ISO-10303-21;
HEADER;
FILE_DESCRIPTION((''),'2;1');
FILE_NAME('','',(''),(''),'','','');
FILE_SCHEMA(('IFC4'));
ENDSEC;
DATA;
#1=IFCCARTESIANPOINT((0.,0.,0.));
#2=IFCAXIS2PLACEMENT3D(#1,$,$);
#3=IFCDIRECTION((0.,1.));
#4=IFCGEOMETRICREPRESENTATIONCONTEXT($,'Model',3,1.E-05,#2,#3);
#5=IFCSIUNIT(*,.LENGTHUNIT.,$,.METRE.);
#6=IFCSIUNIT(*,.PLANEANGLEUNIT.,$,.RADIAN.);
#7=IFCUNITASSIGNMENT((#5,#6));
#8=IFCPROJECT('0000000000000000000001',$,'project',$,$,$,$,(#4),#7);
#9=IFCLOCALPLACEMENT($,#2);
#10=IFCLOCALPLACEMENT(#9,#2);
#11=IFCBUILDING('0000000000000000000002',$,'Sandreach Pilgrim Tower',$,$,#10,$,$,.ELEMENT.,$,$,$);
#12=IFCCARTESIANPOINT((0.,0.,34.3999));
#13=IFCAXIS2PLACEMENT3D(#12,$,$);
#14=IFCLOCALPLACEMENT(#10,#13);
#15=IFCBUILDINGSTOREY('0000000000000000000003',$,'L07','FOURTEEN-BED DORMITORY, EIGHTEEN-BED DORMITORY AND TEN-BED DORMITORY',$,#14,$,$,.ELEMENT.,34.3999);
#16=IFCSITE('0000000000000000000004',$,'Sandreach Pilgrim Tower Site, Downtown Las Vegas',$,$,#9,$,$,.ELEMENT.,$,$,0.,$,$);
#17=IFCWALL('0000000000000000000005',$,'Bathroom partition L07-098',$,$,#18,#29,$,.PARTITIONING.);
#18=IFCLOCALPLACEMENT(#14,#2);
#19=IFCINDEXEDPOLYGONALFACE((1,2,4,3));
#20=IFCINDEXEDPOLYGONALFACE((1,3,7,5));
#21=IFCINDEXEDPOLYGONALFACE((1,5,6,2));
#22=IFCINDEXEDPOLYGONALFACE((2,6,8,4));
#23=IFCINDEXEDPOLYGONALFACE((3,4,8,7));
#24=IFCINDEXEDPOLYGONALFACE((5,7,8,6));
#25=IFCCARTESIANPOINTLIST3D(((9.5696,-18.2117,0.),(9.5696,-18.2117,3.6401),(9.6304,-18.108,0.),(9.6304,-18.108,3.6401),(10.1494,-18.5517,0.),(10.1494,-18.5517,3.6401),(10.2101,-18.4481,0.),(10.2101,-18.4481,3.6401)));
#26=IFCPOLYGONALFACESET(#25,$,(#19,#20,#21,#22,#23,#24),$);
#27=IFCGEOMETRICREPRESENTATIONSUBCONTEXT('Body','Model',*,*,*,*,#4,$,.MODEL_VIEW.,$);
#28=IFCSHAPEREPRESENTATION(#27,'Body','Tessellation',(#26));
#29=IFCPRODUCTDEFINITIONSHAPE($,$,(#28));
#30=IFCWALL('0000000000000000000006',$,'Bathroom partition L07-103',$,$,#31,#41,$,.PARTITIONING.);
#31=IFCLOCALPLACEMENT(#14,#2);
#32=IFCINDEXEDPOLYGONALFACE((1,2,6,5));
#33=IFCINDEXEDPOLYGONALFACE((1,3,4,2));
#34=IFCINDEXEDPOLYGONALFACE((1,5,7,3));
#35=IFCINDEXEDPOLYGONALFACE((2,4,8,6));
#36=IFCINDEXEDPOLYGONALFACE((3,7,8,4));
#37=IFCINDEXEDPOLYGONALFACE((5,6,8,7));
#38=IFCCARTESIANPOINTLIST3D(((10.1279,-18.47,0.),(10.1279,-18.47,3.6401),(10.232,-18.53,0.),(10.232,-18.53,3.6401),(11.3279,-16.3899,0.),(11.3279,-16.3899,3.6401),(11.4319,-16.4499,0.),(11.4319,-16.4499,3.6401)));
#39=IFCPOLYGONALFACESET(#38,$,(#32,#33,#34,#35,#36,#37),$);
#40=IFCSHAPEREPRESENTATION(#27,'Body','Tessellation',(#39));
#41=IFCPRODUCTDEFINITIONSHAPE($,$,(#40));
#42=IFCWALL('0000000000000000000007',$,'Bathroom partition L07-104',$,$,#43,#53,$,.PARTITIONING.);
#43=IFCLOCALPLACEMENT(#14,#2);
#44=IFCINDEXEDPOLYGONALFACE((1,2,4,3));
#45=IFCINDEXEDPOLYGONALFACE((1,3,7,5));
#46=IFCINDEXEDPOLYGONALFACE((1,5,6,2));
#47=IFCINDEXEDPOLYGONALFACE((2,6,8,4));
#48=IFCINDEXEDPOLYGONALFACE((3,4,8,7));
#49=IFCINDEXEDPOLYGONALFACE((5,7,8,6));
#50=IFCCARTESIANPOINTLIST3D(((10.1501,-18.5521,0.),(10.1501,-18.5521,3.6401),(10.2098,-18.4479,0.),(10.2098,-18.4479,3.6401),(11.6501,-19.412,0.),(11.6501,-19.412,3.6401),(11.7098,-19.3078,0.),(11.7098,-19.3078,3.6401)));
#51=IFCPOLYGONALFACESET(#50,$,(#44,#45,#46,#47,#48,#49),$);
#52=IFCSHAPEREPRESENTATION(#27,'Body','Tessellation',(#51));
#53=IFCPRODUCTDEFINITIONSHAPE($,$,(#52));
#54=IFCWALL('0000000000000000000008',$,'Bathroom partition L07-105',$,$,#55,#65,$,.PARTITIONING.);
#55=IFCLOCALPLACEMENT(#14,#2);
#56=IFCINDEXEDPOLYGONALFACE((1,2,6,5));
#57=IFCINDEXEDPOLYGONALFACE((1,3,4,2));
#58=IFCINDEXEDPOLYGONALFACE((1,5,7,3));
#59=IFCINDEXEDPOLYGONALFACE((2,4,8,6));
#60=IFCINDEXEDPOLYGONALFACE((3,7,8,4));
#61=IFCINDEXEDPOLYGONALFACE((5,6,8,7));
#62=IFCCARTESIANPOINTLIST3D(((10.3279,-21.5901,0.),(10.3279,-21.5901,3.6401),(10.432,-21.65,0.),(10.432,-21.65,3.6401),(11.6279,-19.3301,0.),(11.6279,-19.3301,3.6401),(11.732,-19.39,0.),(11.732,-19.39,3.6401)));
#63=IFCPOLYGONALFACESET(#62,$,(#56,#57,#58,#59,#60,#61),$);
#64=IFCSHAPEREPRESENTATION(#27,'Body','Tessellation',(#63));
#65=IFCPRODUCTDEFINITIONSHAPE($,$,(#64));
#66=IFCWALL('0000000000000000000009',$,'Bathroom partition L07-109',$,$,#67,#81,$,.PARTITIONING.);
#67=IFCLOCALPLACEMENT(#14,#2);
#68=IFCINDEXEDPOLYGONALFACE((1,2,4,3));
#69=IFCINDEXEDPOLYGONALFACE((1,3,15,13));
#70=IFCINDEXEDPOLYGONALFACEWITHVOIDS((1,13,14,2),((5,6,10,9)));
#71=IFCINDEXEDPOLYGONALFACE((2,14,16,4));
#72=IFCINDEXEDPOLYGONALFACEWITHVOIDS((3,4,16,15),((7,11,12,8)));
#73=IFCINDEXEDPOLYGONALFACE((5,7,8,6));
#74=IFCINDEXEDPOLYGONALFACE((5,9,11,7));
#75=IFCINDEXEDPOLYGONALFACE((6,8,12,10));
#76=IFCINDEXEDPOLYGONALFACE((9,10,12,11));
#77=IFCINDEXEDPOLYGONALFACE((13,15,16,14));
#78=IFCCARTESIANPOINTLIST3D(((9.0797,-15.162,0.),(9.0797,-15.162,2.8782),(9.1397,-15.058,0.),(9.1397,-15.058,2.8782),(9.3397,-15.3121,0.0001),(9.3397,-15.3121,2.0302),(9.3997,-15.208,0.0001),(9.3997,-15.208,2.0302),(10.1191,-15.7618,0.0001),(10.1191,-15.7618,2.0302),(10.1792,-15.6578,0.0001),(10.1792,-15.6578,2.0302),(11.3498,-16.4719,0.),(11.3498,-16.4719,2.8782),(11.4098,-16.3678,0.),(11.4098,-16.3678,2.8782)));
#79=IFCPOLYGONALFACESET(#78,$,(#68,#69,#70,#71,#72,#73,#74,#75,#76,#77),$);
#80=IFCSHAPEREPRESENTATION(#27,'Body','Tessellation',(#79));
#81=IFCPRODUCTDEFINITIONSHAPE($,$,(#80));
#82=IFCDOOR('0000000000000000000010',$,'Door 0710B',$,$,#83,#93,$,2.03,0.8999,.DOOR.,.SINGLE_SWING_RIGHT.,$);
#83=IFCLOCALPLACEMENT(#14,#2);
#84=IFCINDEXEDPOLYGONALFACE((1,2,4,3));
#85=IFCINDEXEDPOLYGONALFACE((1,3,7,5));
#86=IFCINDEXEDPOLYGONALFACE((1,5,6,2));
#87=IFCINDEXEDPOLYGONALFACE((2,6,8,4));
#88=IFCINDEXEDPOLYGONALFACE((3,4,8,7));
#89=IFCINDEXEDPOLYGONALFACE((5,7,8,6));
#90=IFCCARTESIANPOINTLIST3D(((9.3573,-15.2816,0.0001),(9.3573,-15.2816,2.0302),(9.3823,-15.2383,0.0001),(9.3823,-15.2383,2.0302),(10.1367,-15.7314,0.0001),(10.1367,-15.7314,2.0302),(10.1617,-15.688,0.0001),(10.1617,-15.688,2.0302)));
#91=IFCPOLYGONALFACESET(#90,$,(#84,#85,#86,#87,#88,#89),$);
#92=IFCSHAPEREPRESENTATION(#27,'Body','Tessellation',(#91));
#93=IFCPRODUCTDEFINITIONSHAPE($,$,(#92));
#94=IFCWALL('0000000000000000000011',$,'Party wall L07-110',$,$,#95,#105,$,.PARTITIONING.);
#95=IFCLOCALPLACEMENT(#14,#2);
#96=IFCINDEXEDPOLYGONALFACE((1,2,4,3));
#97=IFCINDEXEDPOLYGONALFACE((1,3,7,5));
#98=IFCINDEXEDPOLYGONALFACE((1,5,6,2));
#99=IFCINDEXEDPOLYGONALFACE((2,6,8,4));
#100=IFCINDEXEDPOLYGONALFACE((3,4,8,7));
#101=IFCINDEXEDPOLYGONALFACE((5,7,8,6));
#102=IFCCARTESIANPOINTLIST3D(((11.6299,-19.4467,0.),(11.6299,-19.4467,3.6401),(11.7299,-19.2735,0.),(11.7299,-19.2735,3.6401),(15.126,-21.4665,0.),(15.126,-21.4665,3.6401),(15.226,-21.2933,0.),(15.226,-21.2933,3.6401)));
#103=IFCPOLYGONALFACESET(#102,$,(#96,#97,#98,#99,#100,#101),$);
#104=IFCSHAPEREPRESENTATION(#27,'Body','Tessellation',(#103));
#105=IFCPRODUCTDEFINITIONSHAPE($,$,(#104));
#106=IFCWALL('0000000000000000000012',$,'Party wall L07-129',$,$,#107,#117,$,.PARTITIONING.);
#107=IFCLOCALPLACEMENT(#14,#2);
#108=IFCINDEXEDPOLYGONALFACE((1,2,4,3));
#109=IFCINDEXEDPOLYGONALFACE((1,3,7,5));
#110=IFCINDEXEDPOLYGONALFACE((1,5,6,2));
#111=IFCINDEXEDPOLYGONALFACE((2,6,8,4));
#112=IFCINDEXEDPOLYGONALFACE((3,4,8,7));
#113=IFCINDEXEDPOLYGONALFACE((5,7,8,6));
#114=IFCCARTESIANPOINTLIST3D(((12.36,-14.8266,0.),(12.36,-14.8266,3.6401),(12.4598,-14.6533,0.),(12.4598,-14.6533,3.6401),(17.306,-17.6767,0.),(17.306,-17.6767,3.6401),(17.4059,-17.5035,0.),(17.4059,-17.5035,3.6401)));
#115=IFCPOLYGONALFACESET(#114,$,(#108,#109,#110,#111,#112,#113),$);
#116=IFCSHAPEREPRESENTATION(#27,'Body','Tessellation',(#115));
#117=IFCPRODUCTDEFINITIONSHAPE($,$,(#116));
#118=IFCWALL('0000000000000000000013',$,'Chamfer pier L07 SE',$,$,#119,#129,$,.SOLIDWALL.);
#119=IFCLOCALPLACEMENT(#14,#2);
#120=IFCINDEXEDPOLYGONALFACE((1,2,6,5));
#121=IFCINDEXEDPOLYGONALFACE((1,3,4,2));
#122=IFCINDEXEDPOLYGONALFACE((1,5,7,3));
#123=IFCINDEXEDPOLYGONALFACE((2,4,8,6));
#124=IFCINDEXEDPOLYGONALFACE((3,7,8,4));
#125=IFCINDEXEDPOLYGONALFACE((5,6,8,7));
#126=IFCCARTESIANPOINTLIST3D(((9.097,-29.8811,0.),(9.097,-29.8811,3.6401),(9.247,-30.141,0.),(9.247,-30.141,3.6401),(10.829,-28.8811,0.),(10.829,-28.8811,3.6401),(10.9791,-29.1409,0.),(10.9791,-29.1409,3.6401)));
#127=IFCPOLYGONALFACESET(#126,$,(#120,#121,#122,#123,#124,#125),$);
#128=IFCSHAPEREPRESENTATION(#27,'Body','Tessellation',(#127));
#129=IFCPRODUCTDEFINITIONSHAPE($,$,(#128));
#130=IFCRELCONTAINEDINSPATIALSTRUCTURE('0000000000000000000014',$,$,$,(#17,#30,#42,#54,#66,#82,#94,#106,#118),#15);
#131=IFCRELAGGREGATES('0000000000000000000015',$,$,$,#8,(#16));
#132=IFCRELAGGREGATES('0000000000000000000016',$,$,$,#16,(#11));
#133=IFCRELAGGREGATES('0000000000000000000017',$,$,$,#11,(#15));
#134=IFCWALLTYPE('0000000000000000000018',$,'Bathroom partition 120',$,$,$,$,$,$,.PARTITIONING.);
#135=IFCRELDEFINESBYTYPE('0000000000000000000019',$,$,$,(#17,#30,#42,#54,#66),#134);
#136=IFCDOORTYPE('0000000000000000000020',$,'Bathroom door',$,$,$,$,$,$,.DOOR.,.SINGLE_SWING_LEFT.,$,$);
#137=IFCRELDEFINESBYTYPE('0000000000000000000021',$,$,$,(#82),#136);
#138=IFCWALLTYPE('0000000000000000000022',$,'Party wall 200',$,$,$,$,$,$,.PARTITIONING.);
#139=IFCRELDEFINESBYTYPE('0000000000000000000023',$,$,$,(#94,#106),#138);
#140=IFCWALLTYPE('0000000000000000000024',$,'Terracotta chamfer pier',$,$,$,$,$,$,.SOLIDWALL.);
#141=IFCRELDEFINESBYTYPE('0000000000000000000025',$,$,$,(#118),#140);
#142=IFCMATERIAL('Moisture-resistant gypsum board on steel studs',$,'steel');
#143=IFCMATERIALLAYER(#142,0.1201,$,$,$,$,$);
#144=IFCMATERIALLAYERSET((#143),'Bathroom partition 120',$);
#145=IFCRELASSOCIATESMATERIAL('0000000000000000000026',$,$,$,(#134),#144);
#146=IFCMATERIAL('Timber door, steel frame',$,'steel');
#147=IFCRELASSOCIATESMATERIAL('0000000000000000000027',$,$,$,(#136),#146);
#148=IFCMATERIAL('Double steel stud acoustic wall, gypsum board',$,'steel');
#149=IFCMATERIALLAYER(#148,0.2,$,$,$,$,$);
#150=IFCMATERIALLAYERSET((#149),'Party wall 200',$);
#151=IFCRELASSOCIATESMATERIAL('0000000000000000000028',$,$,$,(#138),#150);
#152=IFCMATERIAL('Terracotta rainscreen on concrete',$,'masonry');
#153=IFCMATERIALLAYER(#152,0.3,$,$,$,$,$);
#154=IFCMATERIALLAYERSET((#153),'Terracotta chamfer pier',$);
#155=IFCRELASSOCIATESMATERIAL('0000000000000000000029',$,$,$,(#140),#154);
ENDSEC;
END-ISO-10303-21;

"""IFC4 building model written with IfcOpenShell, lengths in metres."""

from ifc_helpers import new_model, si_unit, direction, frame, frame_2d, origin, place, context, subcontext, project, spatial, rectangle, extrude, material, layer, layer_set, type_object, element, fill, save


model = new_model("IFC4")

# Units and contexts
model_context = context("Model", 3, precision=1e-05, world=origin(), true_north=direction((0.0, 1.0)))
body_context = subcontext(model_context, "Body", "Model", "MODEL_VIEW")
ifc_project = project(units=[si_unit("LENGTHUNIT", "METRE"), si_unit("PLANEANGLEUNIT", "RADIAN")], contexts=[model_context])

# Site, building, storey
site_placement = place(None, origin())
site = spatial("IfcSite", under=ifc_project, at=site_placement, Name="Sandreach Pilgrim Tower Site, Downtown Las Vegas", CompositionType="ELEMENT", RefElevation=0.0)
building_placement = place(site_placement, origin())
building = spatial("IfcBuilding", under=site, at=building_placement, Name="Sandreach Pilgrim Tower", CompositionType="ELEMENT")
storey_placement = place(building_placement, frame((0.0, 0.0, 34.3999)))
storey = spatial("IfcBuildingStorey", under=building, at=storey_placement, Name="L07", Description="FOURTEEN-BED DORMITORY, EIGHTEEN-BED DORMITORY AND TEN-BED DORMITORY", CompositionType="ELEMENT", Elevation=34.3999)

# Walls
ifc_material_1 = material(Name="Moisture-resistant gypsum board on steel studs", Category="steel")
ifc_layer_1 = layer(ifc_material_1, 0.1201)
ifc_layer_set_1 = layer_set([ifc_layer_1], Name="Bathroom partition 120")
wall_type_1 = type_object("IfcWallType", Name="Bathroom partition 120", PredefinedType="PARTITIONING", material=ifc_layer_set_1)
wall_1_placement = place(storey_placement, frame((9.6001, -18.1599, 0.0), z_axis=(0.0, 0.0, 1.0), x_axis=(0.862578, -0.505925, 0.0)))
element("IfcWall", 1, at=wall_1_placement, inside=storey, type_object=wall_type_1, Name="Bathroom partition L07-098", PredefinedType="PARTITIONING", context=body_context, shape_type="SweptSolid", body=[
    extrude(rectangle(XDim=0.6721, YDim=0.1201, at=frame_2d((0.3359, 0.0))), origin(), (0.0, 0.0, 1.0), 3.6401),
])
wall_2_placement = place(storey_placement, frame((10.1799, -18.5, 0.0), z_axis=(0.0, 0.0, 1.0), x_axis=(0.499693, 0.866203, 0.0)))
element("IfcWall", 2, at=wall_2_placement, inside=storey, type_object=wall_type_1, Name="Bathroom partition L07-103", PredefinedType="PARTITIONING", context=body_context, shape_type="SweptSolid", body=[
    extrude(rectangle(XDim=2.4014, YDim=0.1201, at=frame_2d((1.2007, 0.0))), origin(), (0.0, 0.0, 1.0), 3.6401),
])
wall_3_placement = place(storey_placement, frame((10.1799, -18.5, 0.0), z_axis=(0.0, 0.0, 1.0), x_axis=(0.867565, -0.497325, 0.0)))
element("IfcWall", 3, at=wall_3_placement, inside=storey, type_object=wall_type_1, Name="Bathroom partition L07-104", PredefinedType="PARTITIONING", context=body_context, shape_type="SweptSolid", body=[
    extrude(rectangle(XDim=1.729, YDim=0.1201, at=frame_2d((0.8645, 0.0))), origin(), (0.0, 0.0, 1.0), 3.6401),
])
wall_4_placement = place(storey_placement, frame((10.3799, -21.6201, 0.0), z_axis=(0.0, 0.0, 1.0), x_axis=(0.498628, 0.866816, 0.0)))
element("IfcWall", 4, at=wall_4_placement, inside=storey, type_object=wall_type_1, Name="Bathroom partition L07-105", PredefinedType="PARTITIONING", context=body_context, shape_type="SweptSolid", body=[
    extrude(rectangle(XDim=2.6072, YDim=0.1201, at=frame_2d((1.3037, 0.0))), origin(), (0.0, 0.0, 1.0), 3.6401),
])

# Wall, opening, door
wall_5_placement = place(storey_placement, frame((11.3799, -16.4199, 0.0), z_axis=(0.0, 0.0, 1.0), x_axis=(-0.866155, 0.499776, 0.0)))
wall_5 = element("IfcWall", 5, at=wall_5_placement, inside=storey, type_object=wall_type_1, Name="Bathroom partition L07-109", PredefinedType="PARTITIONING", context=body_context, shape_type="SweptSolid", body=[
    extrude(rectangle(XDim=2.6208, YDim=0.1201, at=frame_2d((1.3105, 0.0))), origin(), (0.0, 0.0, 1.0), 2.8782),
])
opening_placement = place(wall_5_placement, frame((1.4209, 0.0, 0.0)))
opening = element("IfcOpeningElement", 6, at=opening_placement, cuts=wall_5, PredefinedType="OPENING", context=body_context, shape_type="SweptSolid", body=[
    extrude(rectangle(XDim=0.8999, YDim=2.03, at=frame_2d((0.45, 1.0151))), frame((0.0, 0.0601, 0.0), z_axis=(0.0, -1.0, 0.0), x_axis=(1.0, 0.0, 0.0)), (0.0, 0.0, 1.0), 0.1201),
])
ifc_material_2 = material(Name="Timber door, steel frame", Category="steel")
door_type = type_object("IfcDoorType", Name="Bathroom door", OperationType="SINGLE_SWING_LEFT", PredefinedType="DOOR", material=ifc_material_2)
door_placement = place(opening_placement, origin())
door = element("IfcDoor", 7, at=door_placement, inside=storey, type_object=door_type, Name="Door 0710B", OperationType="SINGLE_SWING_RIGHT", OverallHeight=2.03, OverallWidth=0.8999, PredefinedType="DOOR", context=body_context, shape_type="SweptSolid", body=[
    extrude(rectangle(XDim=0.8999, YDim=2.03, at=frame_2d((0.45, 1.0151))), frame((0.0, 0.0249, 0.0), z_axis=(0.0, -1.0, 0.0), x_axis=(1.0, 0.0, 0.0)), (0.0, 0.0, 1.0), 0.05),
])
fill(opening, door)

# Walls
ifc_material_3 = material(Name="Double steel stud acoustic wall, gypsum board", Category="steel")
ifc_layer_2 = layer(ifc_material_3, 0.2)
ifc_layer_set_2 = layer_set([ifc_layer_2], Name="Party wall 200")
wall_type_2 = type_object("IfcWallType", Name="Party wall 200", PredefinedType="PARTITIONING", material=ifc_layer_set_2)
wall_6_placement = place(storey_placement, frame((11.6799, -19.3601, 0.0), z_axis=(0.0, 0.0, 1.0), x_axis=(0.865885, -0.500242, 0.0)))
element("IfcWall", 8, at=wall_6_placement, inside=storey, type_object=wall_type_2, Name="Party wall L07-110", PredefinedType="PARTITIONING", context=body_context, shape_type="SweptSolid", body=[
    extrude(rectangle(XDim=4.0376, YDim=0.2, at=frame_2d((2.0188, 0.0))), origin(), (0.0, 0.0, 1.0), 3.6401),
])
wall_7_placement = place(storey_placement, frame((17.356, -17.5901, 0.0), z_axis=(0.0, 0.0, 1.0), x_axis=(-0.866443, 0.499277, 0.0)))
element("IfcWall", 9, at=wall_7_placement, inside=storey, type_object=wall_type_2, Name="Party wall L07-129", PredefinedType="PARTITIONING", context=body_context, shape_type="SweptSolid", body=[
    extrude(rectangle(XDim=5.7085, YDim=0.2, at=frame_2d((2.8542, 0.0))), origin(), (0.0, 0.0, 1.0), 3.6401),
])
ifc_material_4 = material(Name="Terracotta rainscreen on concrete", Category="masonry")
ifc_layer_3 = layer(ifc_material_4, 0.3)
ifc_layer_set_3 = layer_set([ifc_layer_3], Name="Terracotta chamfer pier")
wall_type_3 = type_object("IfcWallType", Name="Terracotta chamfer pier", PredefinedType="SOLIDWALL", material=ifc_layer_set_3)
wall_8_placement = place(storey_placement, frame((10.9041, -29.011, 0.0), z_axis=(0.0, 0.0, 1.0), x_axis=(-0.866011, -0.500025, 0.0)))
element("IfcWall", 10, at=wall_8_placement, inside=storey, type_object=wall_type_3, Name="Chamfer pier L07 SE", PredefinedType="SOLIDWALL", context=body_context, shape_type="SweptSolid", body=[
    extrude(rectangle(XDim=2.0, YDim=0.3, at=frame_2d((1.0, 0.0))), origin(), (0.0, 0.0, 1.0), 3.6401),
])

save(model, "model.ifc")
